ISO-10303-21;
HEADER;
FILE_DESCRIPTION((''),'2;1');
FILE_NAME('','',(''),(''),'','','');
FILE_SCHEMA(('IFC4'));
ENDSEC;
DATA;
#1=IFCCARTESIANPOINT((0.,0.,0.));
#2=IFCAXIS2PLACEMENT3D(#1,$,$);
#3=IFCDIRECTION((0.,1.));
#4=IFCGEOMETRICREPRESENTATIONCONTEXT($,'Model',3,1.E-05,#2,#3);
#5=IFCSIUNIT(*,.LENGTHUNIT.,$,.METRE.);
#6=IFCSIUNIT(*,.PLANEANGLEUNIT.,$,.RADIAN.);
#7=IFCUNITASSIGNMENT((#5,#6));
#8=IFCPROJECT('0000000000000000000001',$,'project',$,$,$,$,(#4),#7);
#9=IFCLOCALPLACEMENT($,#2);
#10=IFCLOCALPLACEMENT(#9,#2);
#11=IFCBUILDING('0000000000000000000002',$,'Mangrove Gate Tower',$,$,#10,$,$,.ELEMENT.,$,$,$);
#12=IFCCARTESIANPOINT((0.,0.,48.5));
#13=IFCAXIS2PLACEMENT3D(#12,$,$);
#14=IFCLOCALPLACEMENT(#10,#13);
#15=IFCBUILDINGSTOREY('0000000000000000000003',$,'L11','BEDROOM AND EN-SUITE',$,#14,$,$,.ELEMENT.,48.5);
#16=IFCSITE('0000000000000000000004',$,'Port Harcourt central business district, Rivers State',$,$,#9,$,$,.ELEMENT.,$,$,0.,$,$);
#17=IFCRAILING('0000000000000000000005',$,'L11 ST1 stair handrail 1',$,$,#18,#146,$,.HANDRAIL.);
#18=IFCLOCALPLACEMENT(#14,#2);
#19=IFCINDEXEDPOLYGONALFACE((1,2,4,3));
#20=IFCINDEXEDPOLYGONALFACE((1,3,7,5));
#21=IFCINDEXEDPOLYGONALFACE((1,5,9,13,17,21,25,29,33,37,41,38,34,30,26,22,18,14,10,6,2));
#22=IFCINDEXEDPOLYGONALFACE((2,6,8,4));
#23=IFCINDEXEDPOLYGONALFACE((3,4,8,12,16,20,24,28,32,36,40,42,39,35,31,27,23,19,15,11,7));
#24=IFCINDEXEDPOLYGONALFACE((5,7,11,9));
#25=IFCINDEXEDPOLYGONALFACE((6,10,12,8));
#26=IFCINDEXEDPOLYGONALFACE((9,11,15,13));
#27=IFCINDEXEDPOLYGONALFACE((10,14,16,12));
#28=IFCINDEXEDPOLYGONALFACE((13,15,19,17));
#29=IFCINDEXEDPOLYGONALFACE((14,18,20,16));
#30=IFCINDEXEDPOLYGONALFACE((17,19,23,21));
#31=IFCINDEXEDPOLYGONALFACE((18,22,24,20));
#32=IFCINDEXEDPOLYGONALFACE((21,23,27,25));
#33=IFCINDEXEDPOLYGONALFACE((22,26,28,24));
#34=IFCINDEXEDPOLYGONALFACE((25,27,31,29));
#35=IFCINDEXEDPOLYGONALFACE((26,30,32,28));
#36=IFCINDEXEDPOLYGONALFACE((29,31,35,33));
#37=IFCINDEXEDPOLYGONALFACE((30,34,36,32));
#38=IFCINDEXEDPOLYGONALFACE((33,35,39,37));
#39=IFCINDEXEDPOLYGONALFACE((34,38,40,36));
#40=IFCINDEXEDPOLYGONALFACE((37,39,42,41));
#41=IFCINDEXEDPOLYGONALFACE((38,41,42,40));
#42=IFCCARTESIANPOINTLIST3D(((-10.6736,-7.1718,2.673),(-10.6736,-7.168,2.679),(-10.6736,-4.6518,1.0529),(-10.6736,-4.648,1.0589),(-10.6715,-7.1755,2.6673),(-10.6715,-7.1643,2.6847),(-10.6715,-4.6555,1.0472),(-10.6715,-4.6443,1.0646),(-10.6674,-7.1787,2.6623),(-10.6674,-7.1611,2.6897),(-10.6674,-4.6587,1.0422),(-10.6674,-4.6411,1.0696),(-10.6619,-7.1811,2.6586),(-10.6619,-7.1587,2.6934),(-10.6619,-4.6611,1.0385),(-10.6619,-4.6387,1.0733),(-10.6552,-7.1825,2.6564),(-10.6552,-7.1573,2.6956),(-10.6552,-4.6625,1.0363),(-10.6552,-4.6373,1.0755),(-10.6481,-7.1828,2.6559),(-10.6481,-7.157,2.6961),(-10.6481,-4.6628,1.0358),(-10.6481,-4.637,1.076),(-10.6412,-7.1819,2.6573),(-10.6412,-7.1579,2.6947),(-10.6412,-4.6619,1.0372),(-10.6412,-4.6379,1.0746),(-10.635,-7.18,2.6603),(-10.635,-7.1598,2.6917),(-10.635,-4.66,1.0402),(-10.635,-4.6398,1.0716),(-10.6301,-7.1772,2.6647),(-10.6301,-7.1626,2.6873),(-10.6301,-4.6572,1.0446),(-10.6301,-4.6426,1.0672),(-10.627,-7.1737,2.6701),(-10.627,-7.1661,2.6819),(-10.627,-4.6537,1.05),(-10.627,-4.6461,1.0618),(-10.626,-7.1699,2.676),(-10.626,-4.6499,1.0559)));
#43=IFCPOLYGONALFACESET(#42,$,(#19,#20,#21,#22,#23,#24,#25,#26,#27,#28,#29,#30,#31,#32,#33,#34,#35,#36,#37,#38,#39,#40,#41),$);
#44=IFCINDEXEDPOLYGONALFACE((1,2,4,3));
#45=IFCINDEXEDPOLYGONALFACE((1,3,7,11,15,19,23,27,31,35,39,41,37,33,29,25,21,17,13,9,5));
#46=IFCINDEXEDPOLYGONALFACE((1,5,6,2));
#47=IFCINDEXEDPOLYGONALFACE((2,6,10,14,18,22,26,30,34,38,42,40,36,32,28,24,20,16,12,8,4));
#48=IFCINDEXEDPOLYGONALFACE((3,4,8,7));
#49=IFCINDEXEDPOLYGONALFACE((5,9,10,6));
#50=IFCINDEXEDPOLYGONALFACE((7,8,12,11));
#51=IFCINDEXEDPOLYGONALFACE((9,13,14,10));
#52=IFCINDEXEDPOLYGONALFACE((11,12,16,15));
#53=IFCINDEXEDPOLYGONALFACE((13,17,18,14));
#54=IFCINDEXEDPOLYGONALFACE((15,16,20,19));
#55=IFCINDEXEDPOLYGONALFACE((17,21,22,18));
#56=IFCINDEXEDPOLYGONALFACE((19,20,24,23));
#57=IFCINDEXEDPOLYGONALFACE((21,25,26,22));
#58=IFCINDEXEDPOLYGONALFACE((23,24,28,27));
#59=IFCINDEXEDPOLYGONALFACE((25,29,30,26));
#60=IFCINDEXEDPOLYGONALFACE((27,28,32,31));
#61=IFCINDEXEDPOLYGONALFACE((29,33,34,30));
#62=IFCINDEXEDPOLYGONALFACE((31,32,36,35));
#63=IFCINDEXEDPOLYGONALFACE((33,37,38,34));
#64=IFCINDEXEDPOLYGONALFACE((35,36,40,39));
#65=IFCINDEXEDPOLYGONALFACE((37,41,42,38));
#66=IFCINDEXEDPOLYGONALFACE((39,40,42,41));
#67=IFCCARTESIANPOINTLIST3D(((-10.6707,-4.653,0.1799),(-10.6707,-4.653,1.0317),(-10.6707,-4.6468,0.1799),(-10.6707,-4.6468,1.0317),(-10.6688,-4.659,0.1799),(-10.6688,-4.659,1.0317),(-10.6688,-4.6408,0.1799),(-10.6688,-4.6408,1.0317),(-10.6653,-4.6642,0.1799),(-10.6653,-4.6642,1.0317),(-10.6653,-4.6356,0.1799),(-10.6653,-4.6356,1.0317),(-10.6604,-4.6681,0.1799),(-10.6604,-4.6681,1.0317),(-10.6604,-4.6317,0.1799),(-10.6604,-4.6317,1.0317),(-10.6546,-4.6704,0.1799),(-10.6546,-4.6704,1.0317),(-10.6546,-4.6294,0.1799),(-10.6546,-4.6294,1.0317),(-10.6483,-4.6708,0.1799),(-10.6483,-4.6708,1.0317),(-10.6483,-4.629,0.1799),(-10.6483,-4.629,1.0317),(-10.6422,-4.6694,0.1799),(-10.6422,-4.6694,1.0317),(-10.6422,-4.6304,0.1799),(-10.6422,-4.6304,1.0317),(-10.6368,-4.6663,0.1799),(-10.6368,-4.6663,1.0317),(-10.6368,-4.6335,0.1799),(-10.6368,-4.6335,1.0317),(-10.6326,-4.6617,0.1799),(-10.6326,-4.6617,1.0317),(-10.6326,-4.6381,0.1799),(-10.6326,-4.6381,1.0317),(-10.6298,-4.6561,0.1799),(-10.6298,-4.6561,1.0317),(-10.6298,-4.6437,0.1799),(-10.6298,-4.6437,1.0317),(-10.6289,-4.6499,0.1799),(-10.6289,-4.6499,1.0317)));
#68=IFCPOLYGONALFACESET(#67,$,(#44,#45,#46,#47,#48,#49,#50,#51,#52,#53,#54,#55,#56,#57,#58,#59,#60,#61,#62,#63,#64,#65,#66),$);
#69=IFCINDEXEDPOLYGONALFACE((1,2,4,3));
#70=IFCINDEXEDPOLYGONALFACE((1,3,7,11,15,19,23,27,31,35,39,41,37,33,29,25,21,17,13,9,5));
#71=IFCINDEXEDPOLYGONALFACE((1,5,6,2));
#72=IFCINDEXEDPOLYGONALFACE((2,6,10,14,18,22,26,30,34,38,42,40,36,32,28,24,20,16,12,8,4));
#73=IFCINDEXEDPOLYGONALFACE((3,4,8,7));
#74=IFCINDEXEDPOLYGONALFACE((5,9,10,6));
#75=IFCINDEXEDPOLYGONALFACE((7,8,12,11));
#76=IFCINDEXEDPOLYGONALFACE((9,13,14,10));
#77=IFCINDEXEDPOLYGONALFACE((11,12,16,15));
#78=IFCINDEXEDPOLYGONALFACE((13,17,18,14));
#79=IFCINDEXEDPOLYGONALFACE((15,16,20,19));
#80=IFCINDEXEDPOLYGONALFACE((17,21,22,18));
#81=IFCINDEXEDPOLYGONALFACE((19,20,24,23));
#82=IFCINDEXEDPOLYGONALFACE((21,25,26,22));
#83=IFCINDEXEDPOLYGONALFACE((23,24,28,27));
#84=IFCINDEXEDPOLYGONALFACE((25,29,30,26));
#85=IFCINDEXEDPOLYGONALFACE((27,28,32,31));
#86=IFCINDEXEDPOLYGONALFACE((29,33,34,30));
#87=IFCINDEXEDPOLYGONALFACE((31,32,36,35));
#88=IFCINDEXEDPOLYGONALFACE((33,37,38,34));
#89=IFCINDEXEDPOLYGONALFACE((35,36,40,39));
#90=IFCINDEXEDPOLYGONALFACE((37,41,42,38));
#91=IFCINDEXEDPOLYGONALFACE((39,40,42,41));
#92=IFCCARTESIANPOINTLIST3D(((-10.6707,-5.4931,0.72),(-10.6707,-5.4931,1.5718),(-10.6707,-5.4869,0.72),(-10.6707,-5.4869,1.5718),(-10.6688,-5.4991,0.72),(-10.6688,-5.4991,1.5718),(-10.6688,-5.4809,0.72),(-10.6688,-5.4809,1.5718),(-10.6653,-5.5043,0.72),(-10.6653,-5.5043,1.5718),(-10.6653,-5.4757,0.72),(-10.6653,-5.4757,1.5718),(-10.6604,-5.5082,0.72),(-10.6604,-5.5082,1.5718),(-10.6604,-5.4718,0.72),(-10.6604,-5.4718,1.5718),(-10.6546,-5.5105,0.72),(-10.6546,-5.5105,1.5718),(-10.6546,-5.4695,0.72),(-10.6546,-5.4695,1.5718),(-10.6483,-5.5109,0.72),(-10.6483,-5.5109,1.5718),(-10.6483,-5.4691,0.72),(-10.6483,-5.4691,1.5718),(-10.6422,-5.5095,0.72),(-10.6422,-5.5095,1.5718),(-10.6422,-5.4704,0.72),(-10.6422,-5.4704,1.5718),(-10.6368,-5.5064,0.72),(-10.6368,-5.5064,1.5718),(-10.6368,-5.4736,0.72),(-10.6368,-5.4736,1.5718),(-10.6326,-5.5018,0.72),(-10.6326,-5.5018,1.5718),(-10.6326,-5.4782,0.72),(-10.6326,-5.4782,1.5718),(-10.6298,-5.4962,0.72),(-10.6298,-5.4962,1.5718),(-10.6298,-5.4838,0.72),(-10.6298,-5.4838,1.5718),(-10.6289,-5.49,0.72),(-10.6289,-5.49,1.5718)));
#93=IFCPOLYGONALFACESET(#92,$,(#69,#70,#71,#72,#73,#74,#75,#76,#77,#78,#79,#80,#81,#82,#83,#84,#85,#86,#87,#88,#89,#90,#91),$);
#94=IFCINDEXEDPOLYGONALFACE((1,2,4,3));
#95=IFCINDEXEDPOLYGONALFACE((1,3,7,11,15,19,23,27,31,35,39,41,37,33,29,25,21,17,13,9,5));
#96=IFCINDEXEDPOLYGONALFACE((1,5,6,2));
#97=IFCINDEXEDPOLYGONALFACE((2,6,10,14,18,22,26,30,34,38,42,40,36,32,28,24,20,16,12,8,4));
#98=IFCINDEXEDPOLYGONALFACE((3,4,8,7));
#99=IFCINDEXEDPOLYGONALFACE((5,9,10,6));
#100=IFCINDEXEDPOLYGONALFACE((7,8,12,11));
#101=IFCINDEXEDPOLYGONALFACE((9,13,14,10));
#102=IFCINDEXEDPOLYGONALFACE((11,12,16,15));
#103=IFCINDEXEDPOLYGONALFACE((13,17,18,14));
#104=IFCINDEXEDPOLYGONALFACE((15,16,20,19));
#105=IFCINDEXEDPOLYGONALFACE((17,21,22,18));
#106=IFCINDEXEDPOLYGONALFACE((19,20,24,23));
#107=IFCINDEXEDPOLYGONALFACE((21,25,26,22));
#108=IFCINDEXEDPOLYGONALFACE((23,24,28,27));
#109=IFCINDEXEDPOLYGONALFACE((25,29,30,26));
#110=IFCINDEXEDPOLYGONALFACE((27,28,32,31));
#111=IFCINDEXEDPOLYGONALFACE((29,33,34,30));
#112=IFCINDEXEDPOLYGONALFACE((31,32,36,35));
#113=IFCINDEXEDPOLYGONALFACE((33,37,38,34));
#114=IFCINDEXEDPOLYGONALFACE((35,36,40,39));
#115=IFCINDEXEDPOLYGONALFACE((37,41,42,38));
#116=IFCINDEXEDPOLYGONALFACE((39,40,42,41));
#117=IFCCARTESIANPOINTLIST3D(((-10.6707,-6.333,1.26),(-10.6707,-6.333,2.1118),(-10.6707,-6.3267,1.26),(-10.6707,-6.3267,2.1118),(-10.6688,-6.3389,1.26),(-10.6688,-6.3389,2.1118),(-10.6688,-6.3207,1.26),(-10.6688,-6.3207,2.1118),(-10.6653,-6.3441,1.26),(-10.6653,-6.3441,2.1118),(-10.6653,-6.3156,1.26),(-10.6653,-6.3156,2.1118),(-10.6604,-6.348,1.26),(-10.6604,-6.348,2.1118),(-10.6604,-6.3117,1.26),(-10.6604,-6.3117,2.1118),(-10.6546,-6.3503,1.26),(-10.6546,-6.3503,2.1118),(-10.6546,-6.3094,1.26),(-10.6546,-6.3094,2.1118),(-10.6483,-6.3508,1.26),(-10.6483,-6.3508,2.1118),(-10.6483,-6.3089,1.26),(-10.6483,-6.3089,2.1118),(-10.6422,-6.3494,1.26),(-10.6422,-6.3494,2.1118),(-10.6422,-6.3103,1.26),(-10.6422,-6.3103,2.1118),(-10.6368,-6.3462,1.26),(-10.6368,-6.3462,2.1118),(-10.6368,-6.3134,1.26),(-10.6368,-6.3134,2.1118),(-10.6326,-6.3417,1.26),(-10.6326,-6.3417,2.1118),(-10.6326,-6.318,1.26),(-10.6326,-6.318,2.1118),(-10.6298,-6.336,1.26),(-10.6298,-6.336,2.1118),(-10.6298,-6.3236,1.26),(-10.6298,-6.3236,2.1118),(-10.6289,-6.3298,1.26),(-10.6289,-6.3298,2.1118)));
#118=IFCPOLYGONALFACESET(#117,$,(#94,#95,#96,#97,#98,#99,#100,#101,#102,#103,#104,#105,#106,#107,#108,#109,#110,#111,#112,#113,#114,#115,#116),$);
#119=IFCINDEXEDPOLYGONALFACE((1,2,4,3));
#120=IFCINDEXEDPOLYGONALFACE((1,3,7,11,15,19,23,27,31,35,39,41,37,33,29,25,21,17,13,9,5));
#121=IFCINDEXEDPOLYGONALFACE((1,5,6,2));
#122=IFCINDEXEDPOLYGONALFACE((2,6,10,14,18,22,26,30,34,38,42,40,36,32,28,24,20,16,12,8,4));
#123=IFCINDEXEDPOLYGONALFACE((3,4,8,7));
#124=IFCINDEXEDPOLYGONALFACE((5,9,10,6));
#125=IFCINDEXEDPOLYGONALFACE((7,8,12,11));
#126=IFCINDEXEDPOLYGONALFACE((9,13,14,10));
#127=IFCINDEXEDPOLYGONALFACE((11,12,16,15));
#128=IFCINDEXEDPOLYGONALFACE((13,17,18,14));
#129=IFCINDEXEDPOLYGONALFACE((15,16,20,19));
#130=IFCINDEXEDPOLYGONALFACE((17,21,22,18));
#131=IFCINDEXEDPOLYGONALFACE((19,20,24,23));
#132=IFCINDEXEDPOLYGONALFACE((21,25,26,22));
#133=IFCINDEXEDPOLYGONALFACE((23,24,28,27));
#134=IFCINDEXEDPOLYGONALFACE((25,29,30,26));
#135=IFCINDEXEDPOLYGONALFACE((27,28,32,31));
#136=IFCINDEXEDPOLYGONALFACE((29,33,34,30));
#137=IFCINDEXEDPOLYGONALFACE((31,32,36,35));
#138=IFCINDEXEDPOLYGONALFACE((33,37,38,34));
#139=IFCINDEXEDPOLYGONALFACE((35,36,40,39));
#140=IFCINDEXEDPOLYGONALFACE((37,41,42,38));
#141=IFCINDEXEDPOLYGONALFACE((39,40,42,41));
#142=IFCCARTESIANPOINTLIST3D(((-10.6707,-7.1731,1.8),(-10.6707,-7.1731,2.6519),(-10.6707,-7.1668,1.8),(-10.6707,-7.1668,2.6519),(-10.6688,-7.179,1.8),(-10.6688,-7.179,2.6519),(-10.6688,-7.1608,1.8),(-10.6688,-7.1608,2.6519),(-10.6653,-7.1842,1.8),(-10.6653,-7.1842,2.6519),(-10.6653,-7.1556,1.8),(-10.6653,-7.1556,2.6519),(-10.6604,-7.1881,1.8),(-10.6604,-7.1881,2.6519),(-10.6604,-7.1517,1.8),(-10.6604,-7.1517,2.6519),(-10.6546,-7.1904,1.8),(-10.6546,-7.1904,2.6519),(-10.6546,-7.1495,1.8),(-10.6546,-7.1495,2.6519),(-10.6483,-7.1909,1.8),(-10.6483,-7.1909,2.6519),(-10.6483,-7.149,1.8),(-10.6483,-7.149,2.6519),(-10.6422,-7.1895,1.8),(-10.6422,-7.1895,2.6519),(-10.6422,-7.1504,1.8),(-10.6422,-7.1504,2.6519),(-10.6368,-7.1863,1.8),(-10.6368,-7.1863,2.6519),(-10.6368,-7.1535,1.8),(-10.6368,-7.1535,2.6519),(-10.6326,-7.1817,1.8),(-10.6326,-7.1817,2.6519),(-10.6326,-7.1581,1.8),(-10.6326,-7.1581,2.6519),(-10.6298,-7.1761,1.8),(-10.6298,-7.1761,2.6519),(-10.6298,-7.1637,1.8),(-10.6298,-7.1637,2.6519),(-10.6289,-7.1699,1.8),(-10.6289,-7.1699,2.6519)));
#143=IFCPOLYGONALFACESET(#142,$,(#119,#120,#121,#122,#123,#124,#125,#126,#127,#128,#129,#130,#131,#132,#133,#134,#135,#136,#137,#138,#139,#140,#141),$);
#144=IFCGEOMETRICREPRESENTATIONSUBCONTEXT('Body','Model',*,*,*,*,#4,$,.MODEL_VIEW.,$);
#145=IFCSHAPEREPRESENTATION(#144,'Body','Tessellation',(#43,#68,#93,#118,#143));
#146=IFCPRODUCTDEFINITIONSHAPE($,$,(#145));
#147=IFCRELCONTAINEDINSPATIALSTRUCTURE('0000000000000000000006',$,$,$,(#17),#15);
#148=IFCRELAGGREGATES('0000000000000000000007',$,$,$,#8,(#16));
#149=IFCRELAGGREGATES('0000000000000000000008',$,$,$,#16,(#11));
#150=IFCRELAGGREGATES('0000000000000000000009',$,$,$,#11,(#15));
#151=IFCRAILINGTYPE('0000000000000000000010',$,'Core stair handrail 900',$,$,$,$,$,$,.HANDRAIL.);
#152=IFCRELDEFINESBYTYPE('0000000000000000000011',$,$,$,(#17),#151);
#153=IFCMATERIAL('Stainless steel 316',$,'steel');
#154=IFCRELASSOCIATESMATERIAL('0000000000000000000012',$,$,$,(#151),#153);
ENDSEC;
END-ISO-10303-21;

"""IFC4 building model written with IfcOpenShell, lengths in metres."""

from ifc_helpers import new_model, si_unit, direction, frame, origin, origin_2d, place, context, subcontext, project, spatial, circle, extrude, material, type_object, element, save


model = new_model("IFC4")

# Units and contexts
model_context = context("Model", 3, precision=1e-05, world=origin(), true_north=direction((0.0, 1.0)))
body_context = subcontext(model_context, "Body", "Model", "MODEL_VIEW")
ifc_project = project(units=[si_unit("LENGTHUNIT", "METRE"), si_unit("PLANEANGLEUNIT", "RADIAN")], contexts=[model_context])

# Site, building, storey
site_placement = place(None, origin())
site = spatial("IfcSite", under=ifc_project, at=site_placement, Name="Port Harcourt central business district, Rivers State", CompositionType="ELEMENT", RefElevation=0.0)
building_placement = place(site_placement, origin())
building = spatial("IfcBuilding", under=site, at=building_placement, Name="Mangrove Gate Tower", CompositionType="ELEMENT")
storey_placement = place(building_placement, frame((0.0, 0.0, 48.5)))
storey = spatial("IfcBuildingStorey", under=building, at=storey_placement, Name="L11", Description="BEDROOM AND EN-SUITE", CompositionType="ELEMENT", Elevation=48.5)

# Railing
ifc_material_1 = material(Name="Stainless steel 316", Category="steel")
railing_type_1 = type_object("IfcRailingType", Name="Core stair handrail 900", PredefinedType="HANDRAIL", material=ifc_material_1)
railing_1_placement = place(storey_placement, frame((-10.6499, -4.6499, 0.1799)))
element("IfcRailing", 1, at=railing_1_placement, inside=storey, type_object=railing_type_1, Name="L11 ST1 stair handrail 1", PredefinedType="HANDRAIL", context=body_context, shape_type="SweptSolid", body=[
    extrude(circle(Radius=0.0239, at=origin_2d()), frame((0.0, 0.0, 0.876), z_axis=(0.0, -0.841163, 0.540782), x_axis=(1.0, 0.0, 0.0)), (0.0, 0.0, 1.0), 2.9958),
    extrude(circle(Radius=0.021, at=origin_2d()), origin(), (0.0, 0.0, 1.0), 0.8518),
    extrude(circle(Radius=0.021, at=origin_2d()), frame((0.0, -0.8401, 0.54)), (0.0, 0.0, 1.0), 0.8518),
    extrude(circle(Radius=0.021, at=origin_2d()), frame((0.0, -1.6799, 1.0801)), (0.0, 0.0, 1.0), 0.8518),
    extrude(circle(Radius=0.021, at=origin_2d()), frame((0.0, -2.52, 1.6201)), (0.0, 0.0, 1.0), 0.8518),
])

save(model, "model.ifc")
